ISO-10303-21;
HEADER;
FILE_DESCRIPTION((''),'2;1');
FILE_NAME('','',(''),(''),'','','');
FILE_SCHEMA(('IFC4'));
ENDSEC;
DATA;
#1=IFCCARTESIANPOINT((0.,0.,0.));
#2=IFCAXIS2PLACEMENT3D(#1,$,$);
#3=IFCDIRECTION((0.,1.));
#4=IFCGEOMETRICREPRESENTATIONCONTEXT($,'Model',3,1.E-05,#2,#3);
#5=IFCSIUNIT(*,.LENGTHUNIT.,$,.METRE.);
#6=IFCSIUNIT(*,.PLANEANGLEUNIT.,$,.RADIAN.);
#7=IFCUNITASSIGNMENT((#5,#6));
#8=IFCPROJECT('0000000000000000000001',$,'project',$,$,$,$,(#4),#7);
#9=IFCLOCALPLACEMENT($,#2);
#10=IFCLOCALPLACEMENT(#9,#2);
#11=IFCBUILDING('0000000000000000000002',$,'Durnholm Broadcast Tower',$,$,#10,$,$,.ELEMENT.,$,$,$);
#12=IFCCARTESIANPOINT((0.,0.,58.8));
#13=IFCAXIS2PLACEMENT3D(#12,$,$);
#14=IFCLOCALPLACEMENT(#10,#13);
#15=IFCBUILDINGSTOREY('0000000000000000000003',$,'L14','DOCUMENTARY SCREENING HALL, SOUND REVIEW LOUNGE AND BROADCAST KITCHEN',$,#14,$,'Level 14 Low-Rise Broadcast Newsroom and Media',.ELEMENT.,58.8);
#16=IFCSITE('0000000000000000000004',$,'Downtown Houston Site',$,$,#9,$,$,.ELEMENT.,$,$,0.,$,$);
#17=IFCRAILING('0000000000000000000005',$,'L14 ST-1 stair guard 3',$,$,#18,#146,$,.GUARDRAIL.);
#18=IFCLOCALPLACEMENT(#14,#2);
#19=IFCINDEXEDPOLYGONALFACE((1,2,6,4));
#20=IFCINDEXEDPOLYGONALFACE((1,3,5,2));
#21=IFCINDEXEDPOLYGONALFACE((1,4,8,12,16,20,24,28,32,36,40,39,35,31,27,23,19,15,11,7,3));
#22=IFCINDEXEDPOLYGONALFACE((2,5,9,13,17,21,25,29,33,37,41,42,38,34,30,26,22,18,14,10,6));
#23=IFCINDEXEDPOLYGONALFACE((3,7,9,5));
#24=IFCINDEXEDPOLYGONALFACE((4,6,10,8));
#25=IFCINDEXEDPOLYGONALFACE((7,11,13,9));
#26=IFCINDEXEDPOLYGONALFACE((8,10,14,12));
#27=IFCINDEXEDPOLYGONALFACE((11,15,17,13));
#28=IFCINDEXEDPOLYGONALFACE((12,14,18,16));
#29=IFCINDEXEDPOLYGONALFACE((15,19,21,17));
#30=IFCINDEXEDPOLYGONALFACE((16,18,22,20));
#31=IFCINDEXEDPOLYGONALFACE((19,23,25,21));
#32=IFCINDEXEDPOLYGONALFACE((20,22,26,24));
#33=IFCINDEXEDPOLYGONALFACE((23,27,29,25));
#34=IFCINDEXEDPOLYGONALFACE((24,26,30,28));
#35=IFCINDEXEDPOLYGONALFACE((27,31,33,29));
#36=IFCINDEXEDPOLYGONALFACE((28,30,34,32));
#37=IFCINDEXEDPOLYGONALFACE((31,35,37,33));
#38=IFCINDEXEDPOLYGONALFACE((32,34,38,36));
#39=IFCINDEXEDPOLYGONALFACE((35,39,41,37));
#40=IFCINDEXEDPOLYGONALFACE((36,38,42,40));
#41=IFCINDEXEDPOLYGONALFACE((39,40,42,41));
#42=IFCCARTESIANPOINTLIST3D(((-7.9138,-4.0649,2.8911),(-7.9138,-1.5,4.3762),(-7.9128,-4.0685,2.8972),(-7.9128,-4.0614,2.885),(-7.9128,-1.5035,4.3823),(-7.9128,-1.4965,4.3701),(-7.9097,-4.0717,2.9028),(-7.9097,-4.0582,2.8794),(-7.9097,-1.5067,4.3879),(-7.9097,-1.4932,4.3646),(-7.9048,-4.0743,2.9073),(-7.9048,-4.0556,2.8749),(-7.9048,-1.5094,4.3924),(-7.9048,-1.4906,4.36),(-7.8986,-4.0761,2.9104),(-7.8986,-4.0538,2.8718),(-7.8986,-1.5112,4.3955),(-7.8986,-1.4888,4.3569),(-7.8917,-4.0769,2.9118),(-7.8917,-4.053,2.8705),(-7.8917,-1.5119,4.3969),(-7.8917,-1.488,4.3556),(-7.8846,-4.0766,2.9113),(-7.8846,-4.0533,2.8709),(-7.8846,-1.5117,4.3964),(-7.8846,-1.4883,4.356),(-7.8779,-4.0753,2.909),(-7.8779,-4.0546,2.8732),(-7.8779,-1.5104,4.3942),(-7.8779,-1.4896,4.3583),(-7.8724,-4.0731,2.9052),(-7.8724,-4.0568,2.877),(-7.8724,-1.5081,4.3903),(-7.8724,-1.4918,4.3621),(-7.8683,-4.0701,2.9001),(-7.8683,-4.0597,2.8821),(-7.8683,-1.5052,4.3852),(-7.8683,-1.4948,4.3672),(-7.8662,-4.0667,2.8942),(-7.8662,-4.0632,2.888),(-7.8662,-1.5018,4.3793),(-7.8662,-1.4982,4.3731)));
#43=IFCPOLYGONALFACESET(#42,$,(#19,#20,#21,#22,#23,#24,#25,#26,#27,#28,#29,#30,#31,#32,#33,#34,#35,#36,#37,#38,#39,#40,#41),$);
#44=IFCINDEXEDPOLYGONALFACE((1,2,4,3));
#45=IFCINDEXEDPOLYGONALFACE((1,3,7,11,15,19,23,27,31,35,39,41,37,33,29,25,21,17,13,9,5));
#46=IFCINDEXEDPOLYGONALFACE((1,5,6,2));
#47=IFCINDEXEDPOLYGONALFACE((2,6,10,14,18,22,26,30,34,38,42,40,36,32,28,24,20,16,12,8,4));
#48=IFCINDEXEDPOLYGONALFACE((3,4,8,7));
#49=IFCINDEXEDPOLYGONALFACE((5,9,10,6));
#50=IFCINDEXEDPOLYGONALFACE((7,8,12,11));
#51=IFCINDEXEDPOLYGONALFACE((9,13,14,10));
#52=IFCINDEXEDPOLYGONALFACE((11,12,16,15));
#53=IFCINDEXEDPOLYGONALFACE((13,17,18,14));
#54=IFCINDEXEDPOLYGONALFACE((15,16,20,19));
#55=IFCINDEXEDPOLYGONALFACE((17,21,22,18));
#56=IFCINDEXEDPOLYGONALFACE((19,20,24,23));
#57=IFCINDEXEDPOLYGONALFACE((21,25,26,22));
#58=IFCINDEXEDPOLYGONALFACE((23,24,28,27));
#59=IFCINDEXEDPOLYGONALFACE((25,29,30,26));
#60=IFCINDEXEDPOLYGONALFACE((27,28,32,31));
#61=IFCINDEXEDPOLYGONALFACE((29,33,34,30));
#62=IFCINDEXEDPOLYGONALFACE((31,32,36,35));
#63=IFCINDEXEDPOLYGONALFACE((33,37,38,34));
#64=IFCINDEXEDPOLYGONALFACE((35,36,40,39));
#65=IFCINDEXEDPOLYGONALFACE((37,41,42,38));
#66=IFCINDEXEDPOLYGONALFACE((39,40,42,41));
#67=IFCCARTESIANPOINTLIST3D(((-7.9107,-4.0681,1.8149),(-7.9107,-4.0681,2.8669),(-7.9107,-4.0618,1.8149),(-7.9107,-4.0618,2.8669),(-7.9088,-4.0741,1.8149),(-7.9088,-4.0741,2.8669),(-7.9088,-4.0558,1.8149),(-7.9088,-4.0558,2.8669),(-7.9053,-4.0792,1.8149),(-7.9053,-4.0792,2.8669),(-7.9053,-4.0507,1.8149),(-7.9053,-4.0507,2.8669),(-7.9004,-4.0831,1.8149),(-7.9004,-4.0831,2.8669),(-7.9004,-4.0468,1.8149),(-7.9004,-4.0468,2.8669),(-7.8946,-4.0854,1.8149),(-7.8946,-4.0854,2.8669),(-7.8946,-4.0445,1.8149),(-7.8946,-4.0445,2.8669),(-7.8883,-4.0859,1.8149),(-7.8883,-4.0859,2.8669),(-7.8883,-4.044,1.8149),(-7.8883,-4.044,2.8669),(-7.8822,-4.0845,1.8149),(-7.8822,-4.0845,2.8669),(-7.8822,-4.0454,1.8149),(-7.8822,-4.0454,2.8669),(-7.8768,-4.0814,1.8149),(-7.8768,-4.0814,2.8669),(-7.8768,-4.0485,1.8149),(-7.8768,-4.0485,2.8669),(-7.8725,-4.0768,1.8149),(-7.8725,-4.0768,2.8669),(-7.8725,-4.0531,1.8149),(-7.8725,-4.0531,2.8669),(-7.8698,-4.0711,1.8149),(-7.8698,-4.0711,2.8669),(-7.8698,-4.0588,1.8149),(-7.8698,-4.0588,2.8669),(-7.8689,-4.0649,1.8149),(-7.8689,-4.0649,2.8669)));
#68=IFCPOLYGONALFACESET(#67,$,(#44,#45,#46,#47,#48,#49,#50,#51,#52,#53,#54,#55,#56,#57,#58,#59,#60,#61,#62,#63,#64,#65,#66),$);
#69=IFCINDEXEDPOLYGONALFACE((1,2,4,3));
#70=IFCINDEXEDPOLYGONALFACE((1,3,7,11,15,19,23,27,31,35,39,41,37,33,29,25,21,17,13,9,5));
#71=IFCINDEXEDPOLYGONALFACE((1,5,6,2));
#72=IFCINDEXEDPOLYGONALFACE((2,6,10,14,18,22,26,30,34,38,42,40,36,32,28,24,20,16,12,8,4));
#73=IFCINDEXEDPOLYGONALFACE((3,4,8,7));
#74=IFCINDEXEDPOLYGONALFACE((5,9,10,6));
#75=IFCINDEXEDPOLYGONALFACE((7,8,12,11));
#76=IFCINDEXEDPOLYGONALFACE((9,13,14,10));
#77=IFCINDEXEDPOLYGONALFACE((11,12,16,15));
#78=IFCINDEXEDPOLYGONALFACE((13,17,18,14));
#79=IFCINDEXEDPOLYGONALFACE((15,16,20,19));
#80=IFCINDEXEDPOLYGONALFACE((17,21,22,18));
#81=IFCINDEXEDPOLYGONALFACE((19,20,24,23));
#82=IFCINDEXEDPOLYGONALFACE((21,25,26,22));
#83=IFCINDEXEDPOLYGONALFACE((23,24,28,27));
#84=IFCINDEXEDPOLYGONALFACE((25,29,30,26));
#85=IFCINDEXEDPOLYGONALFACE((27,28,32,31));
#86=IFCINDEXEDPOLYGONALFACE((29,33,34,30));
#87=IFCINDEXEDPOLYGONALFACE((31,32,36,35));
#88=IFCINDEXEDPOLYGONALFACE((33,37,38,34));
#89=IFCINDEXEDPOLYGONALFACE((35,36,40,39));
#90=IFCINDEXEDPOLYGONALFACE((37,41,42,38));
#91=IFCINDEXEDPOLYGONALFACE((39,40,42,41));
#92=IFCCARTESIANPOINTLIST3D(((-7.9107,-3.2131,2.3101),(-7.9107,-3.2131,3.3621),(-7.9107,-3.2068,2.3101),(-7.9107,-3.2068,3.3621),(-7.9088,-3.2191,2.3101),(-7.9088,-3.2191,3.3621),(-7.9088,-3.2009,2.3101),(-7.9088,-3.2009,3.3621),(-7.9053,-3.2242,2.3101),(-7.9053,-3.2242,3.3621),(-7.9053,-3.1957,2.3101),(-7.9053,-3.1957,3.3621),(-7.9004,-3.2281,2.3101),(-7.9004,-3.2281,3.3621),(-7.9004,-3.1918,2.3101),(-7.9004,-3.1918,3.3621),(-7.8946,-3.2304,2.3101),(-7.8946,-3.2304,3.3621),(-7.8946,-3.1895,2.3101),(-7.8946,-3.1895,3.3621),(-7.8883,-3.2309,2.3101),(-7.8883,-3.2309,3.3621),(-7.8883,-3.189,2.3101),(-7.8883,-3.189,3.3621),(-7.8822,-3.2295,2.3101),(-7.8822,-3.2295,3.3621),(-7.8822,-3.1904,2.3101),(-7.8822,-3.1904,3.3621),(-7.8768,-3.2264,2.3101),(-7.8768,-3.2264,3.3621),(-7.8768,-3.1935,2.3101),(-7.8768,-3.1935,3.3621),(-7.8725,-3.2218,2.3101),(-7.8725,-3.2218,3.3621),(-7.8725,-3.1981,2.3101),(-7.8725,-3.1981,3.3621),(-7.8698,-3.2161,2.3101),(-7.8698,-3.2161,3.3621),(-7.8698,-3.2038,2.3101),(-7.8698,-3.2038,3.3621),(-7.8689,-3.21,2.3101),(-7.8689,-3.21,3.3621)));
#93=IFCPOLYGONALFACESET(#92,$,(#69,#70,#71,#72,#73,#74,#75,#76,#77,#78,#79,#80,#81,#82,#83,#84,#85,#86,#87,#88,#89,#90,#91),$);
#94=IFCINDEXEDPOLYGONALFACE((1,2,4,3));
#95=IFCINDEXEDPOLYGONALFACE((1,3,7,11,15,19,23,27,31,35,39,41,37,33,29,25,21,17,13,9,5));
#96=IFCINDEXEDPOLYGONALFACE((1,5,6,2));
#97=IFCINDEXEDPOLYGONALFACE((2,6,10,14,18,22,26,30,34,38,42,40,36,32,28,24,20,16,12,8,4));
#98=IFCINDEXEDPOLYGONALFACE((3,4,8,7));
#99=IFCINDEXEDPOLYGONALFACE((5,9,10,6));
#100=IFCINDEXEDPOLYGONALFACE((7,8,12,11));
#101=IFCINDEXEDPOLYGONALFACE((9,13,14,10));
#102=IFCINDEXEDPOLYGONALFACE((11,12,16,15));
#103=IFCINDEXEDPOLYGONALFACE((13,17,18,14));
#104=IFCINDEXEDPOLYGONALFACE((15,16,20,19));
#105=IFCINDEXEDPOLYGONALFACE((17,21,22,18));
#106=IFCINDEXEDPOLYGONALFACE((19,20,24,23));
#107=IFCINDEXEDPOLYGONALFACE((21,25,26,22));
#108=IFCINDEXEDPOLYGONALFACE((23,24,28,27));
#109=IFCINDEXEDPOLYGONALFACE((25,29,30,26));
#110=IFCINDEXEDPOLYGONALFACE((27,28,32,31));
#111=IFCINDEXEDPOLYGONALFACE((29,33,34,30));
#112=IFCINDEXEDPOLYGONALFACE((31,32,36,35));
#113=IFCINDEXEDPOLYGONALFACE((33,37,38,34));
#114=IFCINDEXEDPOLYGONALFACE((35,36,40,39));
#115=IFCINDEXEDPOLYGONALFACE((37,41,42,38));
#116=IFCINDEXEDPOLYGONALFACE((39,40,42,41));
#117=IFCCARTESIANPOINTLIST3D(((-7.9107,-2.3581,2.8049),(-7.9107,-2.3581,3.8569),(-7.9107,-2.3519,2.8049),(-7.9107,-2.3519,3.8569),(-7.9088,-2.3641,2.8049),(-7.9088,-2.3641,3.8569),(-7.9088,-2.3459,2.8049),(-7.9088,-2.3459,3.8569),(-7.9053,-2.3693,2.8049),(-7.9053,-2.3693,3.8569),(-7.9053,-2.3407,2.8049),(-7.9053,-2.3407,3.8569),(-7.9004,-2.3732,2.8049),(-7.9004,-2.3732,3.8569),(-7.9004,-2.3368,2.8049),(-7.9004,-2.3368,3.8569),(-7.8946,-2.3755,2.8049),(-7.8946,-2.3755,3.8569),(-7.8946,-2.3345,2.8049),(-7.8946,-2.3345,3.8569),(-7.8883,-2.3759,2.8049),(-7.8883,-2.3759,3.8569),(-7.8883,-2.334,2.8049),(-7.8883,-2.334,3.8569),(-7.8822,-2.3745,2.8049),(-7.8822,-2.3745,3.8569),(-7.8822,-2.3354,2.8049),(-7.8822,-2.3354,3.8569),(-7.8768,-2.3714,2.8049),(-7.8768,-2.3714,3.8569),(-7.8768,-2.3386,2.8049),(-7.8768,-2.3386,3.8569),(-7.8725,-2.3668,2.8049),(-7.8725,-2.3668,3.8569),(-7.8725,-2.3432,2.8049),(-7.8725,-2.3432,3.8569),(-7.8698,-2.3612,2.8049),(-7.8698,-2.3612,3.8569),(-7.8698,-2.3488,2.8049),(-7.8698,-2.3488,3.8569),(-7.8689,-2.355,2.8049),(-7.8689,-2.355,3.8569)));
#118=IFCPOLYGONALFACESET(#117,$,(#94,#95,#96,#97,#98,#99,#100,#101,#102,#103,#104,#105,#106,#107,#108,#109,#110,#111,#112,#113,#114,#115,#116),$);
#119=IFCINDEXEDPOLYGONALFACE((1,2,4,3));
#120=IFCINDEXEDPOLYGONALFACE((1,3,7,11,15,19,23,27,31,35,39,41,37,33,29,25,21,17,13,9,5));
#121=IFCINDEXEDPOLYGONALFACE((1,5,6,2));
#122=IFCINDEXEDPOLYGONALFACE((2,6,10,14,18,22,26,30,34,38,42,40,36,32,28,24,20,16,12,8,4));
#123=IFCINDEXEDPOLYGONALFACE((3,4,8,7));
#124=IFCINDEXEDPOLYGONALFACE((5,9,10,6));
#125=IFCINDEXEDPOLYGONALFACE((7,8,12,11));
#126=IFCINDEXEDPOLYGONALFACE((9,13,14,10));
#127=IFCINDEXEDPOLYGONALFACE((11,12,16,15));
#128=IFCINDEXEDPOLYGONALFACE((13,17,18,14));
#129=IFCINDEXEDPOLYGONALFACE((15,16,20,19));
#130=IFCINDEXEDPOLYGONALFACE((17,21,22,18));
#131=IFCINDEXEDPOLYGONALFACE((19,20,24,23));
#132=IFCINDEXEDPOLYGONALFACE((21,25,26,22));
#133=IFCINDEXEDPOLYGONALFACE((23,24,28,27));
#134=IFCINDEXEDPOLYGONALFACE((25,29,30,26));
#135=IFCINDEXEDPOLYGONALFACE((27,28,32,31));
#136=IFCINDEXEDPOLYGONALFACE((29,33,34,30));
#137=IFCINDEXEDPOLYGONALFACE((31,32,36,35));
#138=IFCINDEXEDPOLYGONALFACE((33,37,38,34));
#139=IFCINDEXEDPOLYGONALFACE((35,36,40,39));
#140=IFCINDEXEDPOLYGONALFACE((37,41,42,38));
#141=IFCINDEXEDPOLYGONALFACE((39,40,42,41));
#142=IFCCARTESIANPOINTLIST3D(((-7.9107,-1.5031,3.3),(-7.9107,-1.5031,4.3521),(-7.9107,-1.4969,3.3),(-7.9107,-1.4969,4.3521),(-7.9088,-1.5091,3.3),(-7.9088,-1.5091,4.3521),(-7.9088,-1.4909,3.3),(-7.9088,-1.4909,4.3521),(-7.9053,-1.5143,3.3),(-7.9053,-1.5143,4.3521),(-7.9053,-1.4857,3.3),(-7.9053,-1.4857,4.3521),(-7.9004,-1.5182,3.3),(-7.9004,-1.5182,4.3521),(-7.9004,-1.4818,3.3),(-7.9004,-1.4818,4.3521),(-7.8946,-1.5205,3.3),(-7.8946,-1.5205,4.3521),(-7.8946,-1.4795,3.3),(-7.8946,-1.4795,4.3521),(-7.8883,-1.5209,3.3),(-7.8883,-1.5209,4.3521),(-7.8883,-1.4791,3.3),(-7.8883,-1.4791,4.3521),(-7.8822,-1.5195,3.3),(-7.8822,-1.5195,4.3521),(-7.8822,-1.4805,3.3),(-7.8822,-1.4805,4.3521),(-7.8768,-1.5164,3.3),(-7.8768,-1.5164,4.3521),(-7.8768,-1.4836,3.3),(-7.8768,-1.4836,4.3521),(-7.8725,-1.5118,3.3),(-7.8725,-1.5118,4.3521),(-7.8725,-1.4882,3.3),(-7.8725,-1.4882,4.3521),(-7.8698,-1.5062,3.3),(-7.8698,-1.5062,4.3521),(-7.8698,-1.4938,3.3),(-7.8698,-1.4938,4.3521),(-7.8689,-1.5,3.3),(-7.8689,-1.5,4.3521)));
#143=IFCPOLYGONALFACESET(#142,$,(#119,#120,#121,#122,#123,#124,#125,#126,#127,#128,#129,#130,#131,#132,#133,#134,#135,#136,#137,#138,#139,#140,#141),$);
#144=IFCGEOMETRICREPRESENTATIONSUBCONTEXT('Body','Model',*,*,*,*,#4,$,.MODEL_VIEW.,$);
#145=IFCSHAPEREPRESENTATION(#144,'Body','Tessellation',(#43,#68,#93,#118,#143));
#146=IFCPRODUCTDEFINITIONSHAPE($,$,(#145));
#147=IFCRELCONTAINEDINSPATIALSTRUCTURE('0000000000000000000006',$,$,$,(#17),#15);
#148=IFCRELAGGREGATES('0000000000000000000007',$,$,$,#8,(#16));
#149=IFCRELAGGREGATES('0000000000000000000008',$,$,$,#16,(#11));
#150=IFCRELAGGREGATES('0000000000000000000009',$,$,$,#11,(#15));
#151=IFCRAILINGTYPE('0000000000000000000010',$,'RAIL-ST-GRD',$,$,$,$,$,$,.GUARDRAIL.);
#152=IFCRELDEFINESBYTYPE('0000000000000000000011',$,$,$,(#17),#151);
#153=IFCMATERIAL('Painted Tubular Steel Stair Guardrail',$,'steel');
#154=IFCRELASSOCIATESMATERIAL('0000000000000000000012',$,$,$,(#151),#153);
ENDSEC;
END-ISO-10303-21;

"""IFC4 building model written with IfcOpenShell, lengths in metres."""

from ifc_helpers import new_model, si_unit, direction, frame, origin, origin_2d, place, context, subcontext, project, spatial, circle, extrude, material, type_object, element, save


model = new_model("IFC4")

# Units and contexts
model_context = context("Model", 3, precision=1e-05, world=origin(), true_north=direction((0.0, 1.0)))
body_context = subcontext(model_context, "Body", "Model", "MODEL_VIEW")
ifc_project = project(units=[si_unit("LENGTHUNIT", "METRE"), si_unit("PLANEANGLEUNIT", "RADIAN")], contexts=[model_context])

# Site, building, storey
site_placement = place(None, origin())
site = spatial("IfcSite", under=ifc_project, at=site_placement, Name="Downtown Houston Site", CompositionType="ELEMENT", RefElevation=0.0)
building_placement = place(site_placement, origin())
building = spatial("IfcBuilding", under=site, at=building_placement, Name="Durnholm Broadcast Tower", CompositionType="ELEMENT")
storey_placement = place(building_placement, frame((0.0, 0.0, 58.8)))
storey = spatial("IfcBuildingStorey", under=building, at=storey_placement, Name="L14", Description="DOCUMENTARY SCREENING HALL, SOUND REVIEW LOUNGE AND BROADCAST KITCHEN", LongName="Level 14 Low-Rise Broadcast Newsroom and Media", CompositionType="ELEMENT", Elevation=58.8)

# Railing
ifc_material_1 = material(Name="Painted Tubular Steel Stair Guardrail", Category="steel")
railing_type_1 = type_object("IfcRailingType", Name="RAIL-ST-GRD", PredefinedType="GUARDRAIL", material=ifc_material_1)
railing_1_placement = place(storey_placement, frame((-7.8899, -4.0649, 1.8149)))
element("IfcRailing", 1, at=railing_1_placement, inside=storey, type_object=railing_type_1, Name="L14 ST-1 stair guard 3", PredefinedType="GUARDRAIL", context=body_context, shape_type="SweptSolid", body=[
    extrude(circle(Radius=0.0239, at=origin_2d()), frame((0.0, 0.0, 1.0762), z_axis=(0.0, 0.865406, 0.501072), x_axis=(-1.0, 0.0, 0.0)), (0.0, 0.0, 1.0), 2.9639),
    extrude(circle(Radius=0.021, at=origin_2d()), origin(), (0.0, 0.0, 1.0), 1.052),
    extrude(circle(Radius=0.021, at=origin_2d()), frame((0.0, 0.855, 0.4951)), (0.0, 0.0, 1.0), 1.052),
    extrude(circle(Radius=0.021, at=origin_2d()), frame((0.0, 1.71, 0.99)), (0.0, 0.0, 1.0), 1.052),
    extrude(circle(Radius=0.021, at=origin_2d()), frame((0.0, 2.5649, 1.4851)), (0.0, 0.0, 1.0), 1.052),
])

save(model, "model.ifc")
